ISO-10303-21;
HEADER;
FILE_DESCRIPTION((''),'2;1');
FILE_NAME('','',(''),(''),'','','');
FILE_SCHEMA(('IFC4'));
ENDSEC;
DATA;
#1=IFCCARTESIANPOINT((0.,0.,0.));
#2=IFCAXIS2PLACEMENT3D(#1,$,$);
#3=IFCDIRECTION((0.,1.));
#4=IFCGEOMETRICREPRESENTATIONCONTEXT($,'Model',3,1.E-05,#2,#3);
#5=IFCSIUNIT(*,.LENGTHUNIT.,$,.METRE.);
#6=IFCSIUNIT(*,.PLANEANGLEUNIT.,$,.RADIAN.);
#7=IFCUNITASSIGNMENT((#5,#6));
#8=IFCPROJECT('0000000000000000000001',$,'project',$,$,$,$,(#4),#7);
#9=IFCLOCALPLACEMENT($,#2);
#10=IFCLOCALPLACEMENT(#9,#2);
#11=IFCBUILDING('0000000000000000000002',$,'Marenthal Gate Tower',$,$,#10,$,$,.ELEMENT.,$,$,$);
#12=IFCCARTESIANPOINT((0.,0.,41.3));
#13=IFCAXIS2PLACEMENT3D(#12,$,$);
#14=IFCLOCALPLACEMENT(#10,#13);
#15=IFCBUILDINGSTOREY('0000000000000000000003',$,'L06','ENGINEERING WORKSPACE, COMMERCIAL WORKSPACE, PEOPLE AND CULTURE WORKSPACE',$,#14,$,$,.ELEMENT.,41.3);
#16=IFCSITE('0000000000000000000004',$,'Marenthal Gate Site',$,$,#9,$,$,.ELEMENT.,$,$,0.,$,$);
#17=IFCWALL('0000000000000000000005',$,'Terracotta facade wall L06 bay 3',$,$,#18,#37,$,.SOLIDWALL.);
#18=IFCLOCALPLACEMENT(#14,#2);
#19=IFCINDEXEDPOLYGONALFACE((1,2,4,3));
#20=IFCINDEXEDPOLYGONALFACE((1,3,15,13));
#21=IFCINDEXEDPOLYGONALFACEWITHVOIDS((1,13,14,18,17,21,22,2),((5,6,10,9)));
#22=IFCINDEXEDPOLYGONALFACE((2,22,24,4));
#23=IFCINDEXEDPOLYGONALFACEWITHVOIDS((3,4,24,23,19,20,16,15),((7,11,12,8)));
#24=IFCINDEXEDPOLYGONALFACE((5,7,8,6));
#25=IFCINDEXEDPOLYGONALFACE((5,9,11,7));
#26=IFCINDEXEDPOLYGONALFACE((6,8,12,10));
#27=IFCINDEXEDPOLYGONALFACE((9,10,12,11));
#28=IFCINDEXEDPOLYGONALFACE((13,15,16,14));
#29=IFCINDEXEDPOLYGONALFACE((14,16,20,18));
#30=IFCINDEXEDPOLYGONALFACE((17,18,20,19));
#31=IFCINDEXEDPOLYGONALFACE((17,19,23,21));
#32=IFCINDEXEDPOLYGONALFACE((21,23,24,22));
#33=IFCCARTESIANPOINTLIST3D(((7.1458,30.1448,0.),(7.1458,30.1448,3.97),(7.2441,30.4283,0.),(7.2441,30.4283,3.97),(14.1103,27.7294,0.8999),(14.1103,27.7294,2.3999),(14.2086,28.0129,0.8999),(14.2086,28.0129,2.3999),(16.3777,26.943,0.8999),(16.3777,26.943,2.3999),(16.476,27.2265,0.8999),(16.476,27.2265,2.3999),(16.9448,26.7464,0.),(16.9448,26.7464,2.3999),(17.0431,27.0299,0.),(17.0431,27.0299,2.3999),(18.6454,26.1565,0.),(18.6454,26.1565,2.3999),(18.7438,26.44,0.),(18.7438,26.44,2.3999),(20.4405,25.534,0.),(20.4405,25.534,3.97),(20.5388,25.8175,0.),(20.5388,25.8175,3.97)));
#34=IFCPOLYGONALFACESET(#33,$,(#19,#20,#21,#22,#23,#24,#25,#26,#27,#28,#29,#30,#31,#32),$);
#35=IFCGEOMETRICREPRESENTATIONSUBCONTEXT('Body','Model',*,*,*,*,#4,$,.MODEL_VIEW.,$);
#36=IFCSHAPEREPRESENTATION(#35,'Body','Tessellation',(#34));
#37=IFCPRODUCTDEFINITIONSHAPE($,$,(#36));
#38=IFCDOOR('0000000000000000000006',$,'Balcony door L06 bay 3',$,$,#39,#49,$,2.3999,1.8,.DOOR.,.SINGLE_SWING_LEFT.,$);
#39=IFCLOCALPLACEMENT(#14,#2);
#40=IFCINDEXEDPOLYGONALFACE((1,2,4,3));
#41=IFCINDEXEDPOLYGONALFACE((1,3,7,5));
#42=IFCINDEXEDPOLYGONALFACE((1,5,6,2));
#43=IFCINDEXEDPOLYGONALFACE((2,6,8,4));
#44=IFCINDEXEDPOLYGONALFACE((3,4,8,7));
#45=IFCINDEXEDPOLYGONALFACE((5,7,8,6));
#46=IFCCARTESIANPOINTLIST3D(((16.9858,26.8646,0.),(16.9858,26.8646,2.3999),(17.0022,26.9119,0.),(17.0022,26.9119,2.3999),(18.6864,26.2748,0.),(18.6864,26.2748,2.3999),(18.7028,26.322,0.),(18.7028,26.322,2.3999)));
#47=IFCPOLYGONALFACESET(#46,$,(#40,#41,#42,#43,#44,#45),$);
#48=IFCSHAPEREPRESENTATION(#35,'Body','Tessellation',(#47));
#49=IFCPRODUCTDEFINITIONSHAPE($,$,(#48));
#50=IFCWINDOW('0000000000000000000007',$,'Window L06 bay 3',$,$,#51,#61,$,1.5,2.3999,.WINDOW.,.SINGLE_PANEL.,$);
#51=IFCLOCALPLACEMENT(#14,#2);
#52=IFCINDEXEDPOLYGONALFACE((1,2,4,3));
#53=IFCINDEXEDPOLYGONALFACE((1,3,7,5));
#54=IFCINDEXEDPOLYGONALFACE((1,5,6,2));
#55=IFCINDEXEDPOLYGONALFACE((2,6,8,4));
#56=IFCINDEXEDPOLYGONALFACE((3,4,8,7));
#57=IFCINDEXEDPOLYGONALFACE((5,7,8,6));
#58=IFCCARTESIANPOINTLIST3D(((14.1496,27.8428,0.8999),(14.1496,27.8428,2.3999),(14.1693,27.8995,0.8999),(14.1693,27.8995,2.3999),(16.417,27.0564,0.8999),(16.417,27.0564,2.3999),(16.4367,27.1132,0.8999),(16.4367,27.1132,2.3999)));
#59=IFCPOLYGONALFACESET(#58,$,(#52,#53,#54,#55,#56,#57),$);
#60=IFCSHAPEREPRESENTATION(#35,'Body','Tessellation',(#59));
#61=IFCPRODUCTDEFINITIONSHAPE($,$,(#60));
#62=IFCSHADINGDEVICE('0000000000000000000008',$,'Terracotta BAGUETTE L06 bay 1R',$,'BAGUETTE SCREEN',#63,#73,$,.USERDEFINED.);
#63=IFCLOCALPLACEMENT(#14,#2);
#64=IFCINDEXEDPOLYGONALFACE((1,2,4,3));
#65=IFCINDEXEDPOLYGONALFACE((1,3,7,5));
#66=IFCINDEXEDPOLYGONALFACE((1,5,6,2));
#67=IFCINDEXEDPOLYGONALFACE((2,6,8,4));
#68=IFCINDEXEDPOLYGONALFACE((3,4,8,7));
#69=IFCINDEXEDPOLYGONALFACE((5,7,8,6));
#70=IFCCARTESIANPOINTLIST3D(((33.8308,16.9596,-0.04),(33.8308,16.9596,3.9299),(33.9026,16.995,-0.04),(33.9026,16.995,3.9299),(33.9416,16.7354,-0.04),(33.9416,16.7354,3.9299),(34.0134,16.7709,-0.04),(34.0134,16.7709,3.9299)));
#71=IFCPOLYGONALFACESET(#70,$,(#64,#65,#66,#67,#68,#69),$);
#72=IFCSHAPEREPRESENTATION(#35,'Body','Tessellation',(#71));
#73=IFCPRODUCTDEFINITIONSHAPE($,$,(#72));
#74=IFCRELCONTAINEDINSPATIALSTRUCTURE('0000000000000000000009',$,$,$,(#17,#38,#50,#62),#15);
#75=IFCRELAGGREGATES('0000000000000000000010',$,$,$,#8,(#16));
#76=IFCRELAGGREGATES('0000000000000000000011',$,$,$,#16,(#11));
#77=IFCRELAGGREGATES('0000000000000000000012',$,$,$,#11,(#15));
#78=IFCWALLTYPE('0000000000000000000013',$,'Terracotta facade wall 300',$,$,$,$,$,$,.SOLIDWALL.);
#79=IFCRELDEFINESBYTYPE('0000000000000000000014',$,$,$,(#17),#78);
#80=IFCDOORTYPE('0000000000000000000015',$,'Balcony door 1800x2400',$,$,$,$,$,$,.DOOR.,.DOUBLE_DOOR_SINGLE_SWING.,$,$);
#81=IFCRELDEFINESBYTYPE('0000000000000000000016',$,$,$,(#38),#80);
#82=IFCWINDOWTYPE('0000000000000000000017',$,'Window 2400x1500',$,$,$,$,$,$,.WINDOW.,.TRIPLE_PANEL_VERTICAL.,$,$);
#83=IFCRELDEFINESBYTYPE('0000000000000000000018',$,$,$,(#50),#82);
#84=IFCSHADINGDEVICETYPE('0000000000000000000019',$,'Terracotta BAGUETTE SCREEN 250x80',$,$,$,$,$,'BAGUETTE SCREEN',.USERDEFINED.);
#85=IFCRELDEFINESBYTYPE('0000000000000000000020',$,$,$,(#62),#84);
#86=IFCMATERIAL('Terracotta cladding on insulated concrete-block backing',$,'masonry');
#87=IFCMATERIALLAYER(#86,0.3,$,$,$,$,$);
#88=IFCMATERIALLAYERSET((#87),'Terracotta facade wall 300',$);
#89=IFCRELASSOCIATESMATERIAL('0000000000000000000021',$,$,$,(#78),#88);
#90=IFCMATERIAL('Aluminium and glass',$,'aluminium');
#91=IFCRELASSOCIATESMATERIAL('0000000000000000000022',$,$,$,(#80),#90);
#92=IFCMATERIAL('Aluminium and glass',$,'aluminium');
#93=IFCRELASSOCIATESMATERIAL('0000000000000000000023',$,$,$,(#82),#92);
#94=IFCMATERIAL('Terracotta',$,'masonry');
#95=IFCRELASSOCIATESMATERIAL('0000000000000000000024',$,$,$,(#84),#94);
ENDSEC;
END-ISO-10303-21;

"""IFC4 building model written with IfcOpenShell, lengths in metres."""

from ifc_helpers import new_model, si_unit, direction, frame, frame_2d, origin, origin_2d, place, context, subcontext, project, spatial, rectangle, extrude, material, layer, layer_set, material_profile, profile_set, type_object, element, fill, save


model = new_model("IFC4")

# Units and contexts
model_context = context("Model", 3, precision=1e-05, world=origin(), true_north=direction((0.0, 1.0)))
body_context = subcontext(model_context, "Body", "Model", "MODEL_VIEW")
ifc_project = project(units=[si_unit("LENGTHUNIT", "METRE"), si_unit("PLANEANGLEUNIT", "RADIAN")], contexts=[model_context])

# Site, building, storey
site_placement = place(None, origin())
site = spatial("IfcSite", under=ifc_project, at=site_placement, Name="Marenthal Gate Site", CompositionType="ELEMENT", RefElevation=0.0)
building_placement = place(site_placement, origin())
building = spatial("IfcBuilding", under=site, at=building_placement, Name="Marenthal Gate Tower", CompositionType="ELEMENT")
storey_placement = place(building_placement, frame((0.0, 0.0, 41.3)))
storey = spatial("IfcBuildingStorey", under=building, at=storey_placement, Name="L06", Description="ENGINEERING WORKSPACE, COMMERCIAL WORKSPACE, PEOPLE AND CULTURE WORKSPACE", CompositionType="ELEMENT", Elevation=41.3)

# Wall, openings, door, window
ifc_material_1 = material(Name="Terracotta cladding on insulated concrete-block backing", Category="masonry")
ifc_layer_1 = layer(ifc_material_1, 0.3)
ifc_layer_set_1 = layer_set([ifc_layer_1], Name="Terracotta facade wall 300")
wall_type_1 = type_object("IfcWallType", Name="Terracotta facade wall 300", PredefinedType="SOLIDWALL", material=ifc_layer_set_1)
wall_1_placement = place(storey_placement, frame((20.4895, 25.6758, 0.0), z_axis=(0.0, 0.0, 1.0), x_axis=(-0.944792, 0.327671, 0.0)))
wall_1 = element("IfcWall", 1, at=wall_1_placement, inside=storey, type_object=wall_type_1, Name="Terracotta facade wall L06 bay 3", PredefinedType="SOLIDWALL", context=body_context, shape_type="SweptSolid", body=[
    extrude(rectangle(XDim=14.0715, YDim=0.3, at=frame_2d((7.0356, 0.0))), origin(), (0.0, 0.0, 1.0), 3.97),
])
opening_1_placement = place(wall_1_placement, frame((1.8999, 0.0, 0.0)))
opening_1 = element("IfcOpeningElement", 2, at=opening_1_placement, cuts=wall_1, PredefinedType="OPENING", context=body_context, shape_type="SweptSolid", body=[
    extrude(rectangle(XDim=1.8, YDim=2.3999, at=frame_2d((0.8999, 1.2))), frame((0.0, 0.1602, 0.0), z_axis=(0.0, -1.0, 0.0), x_axis=(1.0, 0.0, 0.0)), (0.0, 0.0, 1.0), 0.3201),
])
opening_2_placement = place(wall_1_placement, frame((4.3, 0.0, 0.8999)))
opening_2 = element("IfcOpeningElement", 3, at=opening_2_placement, cuts=wall_1, PredefinedType="OPENING", context=body_context, shape_type="SweptSolid", body=[
    extrude(rectangle(XDim=2.3999, YDim=1.5, at=frame_2d((1.2, 0.75))), frame((0.0, 0.1602, 0.0), z_axis=(0.0, -1.0, 0.0), x_axis=(1.0, 0.0, 0.0)), (0.0, 0.0, 1.0), 0.3201),
])
ifc_material_2 = material(Name="Aluminium and glass", Category="aluminium")
door_type_1 = type_object("IfcDoorType", Name="Balcony door 1800x2400", OperationType="DOUBLE_DOOR_SINGLE_SWING", PredefinedType="DOOR", material=ifc_material_2)
door_1_placement = place(opening_1_placement, origin())
door_1 = element("IfcDoor", 4, at=door_1_placement, inside=storey, type_object=door_type_1, Name="Balcony door L06 bay 3", OperationType="SINGLE_SWING_LEFT", OverallHeight=2.3999, OverallWidth=1.8, PredefinedType="DOOR", context=body_context, shape_type="SweptSolid", body=[
    extrude(rectangle(XDim=1.8, YDim=2.3999, at=frame_2d((0.8999, 1.2))), frame((0.0, 0.0249, 0.0), z_axis=(0.0, -1.0, 0.0), x_axis=(1.0, 0.0, 0.0)), (0.0, 0.0, 1.0), 0.05),
])
fill(opening_1, door_1)
ifc_material_3 = material(Name="Aluminium and glass", Category="aluminium")
window_type = type_object("IfcWindowType", Name="Window 2400x1500", PartitioningType="TRIPLE_PANEL_VERTICAL", PredefinedType="WINDOW", material=ifc_material_3)
window_placement = place(opening_2_placement, origin())
window = element("IfcWindow", 5, at=window_placement, inside=storey, type_object=window_type, Name="Window L06 bay 3", OverallHeight=1.5, OverallWidth=2.3999, PartitioningType="SINGLE_PANEL", PredefinedType="WINDOW", context=body_context, shape_type="SweptSolid", body=[
    extrude(rectangle(XDim=2.3999, YDim=1.5, at=frame_2d((1.2, 0.75))), frame((0.0, 0.03, 0.0), z_axis=(0.0, -1.0, 0.0), x_axis=(1.0, 0.0, 0.0)), (0.0, 0.0, 1.0), 0.0601),
])
fill(opening_2, window)

# Shading device
ifc_material_4 = material(Name="Terracotta", Category="masonry")
ifc_material_profile_1 = material_profile(ifc_material_4, rectangle(XDim=0.25, YDim=0.0801, at=origin_2d()), Name="Terracotta baguette 250x80")
ifc_profile_set_1 = profile_set([ifc_material_profile_1], Name="Terracotta")
shading_device_type = type_object("IfcShadingDeviceType", Name="Terracotta BAGUETTE SCREEN 250x80", ElementType="BAGUETTE SCREEN", PredefinedType="USERDEFINED", material=ifc_profile_set_1)
shading_device_placement = place(storey_placement, frame((33.9221, 16.8652, -0.04), z_axis=(0.0, 0.0, 1.0), x_axis=(-0.44312, 0.896462, 0.0)))
element("IfcShadingDevice", 6, at=shading_device_placement, inside=storey, type_object=shading_device_type, Name="Terracotta BAGUETTE L06 bay 1R", ObjectType="BAGUETTE SCREEN", PredefinedType="USERDEFINED", context=body_context, shape_type="SweptSolid", body=[
    extrude(rectangle(XDim=0.25, YDim=0.0801, at=origin_2d()), origin(), (0.0, 0.0, 1.0), 3.97),
])

save(model, "model.ifc")
